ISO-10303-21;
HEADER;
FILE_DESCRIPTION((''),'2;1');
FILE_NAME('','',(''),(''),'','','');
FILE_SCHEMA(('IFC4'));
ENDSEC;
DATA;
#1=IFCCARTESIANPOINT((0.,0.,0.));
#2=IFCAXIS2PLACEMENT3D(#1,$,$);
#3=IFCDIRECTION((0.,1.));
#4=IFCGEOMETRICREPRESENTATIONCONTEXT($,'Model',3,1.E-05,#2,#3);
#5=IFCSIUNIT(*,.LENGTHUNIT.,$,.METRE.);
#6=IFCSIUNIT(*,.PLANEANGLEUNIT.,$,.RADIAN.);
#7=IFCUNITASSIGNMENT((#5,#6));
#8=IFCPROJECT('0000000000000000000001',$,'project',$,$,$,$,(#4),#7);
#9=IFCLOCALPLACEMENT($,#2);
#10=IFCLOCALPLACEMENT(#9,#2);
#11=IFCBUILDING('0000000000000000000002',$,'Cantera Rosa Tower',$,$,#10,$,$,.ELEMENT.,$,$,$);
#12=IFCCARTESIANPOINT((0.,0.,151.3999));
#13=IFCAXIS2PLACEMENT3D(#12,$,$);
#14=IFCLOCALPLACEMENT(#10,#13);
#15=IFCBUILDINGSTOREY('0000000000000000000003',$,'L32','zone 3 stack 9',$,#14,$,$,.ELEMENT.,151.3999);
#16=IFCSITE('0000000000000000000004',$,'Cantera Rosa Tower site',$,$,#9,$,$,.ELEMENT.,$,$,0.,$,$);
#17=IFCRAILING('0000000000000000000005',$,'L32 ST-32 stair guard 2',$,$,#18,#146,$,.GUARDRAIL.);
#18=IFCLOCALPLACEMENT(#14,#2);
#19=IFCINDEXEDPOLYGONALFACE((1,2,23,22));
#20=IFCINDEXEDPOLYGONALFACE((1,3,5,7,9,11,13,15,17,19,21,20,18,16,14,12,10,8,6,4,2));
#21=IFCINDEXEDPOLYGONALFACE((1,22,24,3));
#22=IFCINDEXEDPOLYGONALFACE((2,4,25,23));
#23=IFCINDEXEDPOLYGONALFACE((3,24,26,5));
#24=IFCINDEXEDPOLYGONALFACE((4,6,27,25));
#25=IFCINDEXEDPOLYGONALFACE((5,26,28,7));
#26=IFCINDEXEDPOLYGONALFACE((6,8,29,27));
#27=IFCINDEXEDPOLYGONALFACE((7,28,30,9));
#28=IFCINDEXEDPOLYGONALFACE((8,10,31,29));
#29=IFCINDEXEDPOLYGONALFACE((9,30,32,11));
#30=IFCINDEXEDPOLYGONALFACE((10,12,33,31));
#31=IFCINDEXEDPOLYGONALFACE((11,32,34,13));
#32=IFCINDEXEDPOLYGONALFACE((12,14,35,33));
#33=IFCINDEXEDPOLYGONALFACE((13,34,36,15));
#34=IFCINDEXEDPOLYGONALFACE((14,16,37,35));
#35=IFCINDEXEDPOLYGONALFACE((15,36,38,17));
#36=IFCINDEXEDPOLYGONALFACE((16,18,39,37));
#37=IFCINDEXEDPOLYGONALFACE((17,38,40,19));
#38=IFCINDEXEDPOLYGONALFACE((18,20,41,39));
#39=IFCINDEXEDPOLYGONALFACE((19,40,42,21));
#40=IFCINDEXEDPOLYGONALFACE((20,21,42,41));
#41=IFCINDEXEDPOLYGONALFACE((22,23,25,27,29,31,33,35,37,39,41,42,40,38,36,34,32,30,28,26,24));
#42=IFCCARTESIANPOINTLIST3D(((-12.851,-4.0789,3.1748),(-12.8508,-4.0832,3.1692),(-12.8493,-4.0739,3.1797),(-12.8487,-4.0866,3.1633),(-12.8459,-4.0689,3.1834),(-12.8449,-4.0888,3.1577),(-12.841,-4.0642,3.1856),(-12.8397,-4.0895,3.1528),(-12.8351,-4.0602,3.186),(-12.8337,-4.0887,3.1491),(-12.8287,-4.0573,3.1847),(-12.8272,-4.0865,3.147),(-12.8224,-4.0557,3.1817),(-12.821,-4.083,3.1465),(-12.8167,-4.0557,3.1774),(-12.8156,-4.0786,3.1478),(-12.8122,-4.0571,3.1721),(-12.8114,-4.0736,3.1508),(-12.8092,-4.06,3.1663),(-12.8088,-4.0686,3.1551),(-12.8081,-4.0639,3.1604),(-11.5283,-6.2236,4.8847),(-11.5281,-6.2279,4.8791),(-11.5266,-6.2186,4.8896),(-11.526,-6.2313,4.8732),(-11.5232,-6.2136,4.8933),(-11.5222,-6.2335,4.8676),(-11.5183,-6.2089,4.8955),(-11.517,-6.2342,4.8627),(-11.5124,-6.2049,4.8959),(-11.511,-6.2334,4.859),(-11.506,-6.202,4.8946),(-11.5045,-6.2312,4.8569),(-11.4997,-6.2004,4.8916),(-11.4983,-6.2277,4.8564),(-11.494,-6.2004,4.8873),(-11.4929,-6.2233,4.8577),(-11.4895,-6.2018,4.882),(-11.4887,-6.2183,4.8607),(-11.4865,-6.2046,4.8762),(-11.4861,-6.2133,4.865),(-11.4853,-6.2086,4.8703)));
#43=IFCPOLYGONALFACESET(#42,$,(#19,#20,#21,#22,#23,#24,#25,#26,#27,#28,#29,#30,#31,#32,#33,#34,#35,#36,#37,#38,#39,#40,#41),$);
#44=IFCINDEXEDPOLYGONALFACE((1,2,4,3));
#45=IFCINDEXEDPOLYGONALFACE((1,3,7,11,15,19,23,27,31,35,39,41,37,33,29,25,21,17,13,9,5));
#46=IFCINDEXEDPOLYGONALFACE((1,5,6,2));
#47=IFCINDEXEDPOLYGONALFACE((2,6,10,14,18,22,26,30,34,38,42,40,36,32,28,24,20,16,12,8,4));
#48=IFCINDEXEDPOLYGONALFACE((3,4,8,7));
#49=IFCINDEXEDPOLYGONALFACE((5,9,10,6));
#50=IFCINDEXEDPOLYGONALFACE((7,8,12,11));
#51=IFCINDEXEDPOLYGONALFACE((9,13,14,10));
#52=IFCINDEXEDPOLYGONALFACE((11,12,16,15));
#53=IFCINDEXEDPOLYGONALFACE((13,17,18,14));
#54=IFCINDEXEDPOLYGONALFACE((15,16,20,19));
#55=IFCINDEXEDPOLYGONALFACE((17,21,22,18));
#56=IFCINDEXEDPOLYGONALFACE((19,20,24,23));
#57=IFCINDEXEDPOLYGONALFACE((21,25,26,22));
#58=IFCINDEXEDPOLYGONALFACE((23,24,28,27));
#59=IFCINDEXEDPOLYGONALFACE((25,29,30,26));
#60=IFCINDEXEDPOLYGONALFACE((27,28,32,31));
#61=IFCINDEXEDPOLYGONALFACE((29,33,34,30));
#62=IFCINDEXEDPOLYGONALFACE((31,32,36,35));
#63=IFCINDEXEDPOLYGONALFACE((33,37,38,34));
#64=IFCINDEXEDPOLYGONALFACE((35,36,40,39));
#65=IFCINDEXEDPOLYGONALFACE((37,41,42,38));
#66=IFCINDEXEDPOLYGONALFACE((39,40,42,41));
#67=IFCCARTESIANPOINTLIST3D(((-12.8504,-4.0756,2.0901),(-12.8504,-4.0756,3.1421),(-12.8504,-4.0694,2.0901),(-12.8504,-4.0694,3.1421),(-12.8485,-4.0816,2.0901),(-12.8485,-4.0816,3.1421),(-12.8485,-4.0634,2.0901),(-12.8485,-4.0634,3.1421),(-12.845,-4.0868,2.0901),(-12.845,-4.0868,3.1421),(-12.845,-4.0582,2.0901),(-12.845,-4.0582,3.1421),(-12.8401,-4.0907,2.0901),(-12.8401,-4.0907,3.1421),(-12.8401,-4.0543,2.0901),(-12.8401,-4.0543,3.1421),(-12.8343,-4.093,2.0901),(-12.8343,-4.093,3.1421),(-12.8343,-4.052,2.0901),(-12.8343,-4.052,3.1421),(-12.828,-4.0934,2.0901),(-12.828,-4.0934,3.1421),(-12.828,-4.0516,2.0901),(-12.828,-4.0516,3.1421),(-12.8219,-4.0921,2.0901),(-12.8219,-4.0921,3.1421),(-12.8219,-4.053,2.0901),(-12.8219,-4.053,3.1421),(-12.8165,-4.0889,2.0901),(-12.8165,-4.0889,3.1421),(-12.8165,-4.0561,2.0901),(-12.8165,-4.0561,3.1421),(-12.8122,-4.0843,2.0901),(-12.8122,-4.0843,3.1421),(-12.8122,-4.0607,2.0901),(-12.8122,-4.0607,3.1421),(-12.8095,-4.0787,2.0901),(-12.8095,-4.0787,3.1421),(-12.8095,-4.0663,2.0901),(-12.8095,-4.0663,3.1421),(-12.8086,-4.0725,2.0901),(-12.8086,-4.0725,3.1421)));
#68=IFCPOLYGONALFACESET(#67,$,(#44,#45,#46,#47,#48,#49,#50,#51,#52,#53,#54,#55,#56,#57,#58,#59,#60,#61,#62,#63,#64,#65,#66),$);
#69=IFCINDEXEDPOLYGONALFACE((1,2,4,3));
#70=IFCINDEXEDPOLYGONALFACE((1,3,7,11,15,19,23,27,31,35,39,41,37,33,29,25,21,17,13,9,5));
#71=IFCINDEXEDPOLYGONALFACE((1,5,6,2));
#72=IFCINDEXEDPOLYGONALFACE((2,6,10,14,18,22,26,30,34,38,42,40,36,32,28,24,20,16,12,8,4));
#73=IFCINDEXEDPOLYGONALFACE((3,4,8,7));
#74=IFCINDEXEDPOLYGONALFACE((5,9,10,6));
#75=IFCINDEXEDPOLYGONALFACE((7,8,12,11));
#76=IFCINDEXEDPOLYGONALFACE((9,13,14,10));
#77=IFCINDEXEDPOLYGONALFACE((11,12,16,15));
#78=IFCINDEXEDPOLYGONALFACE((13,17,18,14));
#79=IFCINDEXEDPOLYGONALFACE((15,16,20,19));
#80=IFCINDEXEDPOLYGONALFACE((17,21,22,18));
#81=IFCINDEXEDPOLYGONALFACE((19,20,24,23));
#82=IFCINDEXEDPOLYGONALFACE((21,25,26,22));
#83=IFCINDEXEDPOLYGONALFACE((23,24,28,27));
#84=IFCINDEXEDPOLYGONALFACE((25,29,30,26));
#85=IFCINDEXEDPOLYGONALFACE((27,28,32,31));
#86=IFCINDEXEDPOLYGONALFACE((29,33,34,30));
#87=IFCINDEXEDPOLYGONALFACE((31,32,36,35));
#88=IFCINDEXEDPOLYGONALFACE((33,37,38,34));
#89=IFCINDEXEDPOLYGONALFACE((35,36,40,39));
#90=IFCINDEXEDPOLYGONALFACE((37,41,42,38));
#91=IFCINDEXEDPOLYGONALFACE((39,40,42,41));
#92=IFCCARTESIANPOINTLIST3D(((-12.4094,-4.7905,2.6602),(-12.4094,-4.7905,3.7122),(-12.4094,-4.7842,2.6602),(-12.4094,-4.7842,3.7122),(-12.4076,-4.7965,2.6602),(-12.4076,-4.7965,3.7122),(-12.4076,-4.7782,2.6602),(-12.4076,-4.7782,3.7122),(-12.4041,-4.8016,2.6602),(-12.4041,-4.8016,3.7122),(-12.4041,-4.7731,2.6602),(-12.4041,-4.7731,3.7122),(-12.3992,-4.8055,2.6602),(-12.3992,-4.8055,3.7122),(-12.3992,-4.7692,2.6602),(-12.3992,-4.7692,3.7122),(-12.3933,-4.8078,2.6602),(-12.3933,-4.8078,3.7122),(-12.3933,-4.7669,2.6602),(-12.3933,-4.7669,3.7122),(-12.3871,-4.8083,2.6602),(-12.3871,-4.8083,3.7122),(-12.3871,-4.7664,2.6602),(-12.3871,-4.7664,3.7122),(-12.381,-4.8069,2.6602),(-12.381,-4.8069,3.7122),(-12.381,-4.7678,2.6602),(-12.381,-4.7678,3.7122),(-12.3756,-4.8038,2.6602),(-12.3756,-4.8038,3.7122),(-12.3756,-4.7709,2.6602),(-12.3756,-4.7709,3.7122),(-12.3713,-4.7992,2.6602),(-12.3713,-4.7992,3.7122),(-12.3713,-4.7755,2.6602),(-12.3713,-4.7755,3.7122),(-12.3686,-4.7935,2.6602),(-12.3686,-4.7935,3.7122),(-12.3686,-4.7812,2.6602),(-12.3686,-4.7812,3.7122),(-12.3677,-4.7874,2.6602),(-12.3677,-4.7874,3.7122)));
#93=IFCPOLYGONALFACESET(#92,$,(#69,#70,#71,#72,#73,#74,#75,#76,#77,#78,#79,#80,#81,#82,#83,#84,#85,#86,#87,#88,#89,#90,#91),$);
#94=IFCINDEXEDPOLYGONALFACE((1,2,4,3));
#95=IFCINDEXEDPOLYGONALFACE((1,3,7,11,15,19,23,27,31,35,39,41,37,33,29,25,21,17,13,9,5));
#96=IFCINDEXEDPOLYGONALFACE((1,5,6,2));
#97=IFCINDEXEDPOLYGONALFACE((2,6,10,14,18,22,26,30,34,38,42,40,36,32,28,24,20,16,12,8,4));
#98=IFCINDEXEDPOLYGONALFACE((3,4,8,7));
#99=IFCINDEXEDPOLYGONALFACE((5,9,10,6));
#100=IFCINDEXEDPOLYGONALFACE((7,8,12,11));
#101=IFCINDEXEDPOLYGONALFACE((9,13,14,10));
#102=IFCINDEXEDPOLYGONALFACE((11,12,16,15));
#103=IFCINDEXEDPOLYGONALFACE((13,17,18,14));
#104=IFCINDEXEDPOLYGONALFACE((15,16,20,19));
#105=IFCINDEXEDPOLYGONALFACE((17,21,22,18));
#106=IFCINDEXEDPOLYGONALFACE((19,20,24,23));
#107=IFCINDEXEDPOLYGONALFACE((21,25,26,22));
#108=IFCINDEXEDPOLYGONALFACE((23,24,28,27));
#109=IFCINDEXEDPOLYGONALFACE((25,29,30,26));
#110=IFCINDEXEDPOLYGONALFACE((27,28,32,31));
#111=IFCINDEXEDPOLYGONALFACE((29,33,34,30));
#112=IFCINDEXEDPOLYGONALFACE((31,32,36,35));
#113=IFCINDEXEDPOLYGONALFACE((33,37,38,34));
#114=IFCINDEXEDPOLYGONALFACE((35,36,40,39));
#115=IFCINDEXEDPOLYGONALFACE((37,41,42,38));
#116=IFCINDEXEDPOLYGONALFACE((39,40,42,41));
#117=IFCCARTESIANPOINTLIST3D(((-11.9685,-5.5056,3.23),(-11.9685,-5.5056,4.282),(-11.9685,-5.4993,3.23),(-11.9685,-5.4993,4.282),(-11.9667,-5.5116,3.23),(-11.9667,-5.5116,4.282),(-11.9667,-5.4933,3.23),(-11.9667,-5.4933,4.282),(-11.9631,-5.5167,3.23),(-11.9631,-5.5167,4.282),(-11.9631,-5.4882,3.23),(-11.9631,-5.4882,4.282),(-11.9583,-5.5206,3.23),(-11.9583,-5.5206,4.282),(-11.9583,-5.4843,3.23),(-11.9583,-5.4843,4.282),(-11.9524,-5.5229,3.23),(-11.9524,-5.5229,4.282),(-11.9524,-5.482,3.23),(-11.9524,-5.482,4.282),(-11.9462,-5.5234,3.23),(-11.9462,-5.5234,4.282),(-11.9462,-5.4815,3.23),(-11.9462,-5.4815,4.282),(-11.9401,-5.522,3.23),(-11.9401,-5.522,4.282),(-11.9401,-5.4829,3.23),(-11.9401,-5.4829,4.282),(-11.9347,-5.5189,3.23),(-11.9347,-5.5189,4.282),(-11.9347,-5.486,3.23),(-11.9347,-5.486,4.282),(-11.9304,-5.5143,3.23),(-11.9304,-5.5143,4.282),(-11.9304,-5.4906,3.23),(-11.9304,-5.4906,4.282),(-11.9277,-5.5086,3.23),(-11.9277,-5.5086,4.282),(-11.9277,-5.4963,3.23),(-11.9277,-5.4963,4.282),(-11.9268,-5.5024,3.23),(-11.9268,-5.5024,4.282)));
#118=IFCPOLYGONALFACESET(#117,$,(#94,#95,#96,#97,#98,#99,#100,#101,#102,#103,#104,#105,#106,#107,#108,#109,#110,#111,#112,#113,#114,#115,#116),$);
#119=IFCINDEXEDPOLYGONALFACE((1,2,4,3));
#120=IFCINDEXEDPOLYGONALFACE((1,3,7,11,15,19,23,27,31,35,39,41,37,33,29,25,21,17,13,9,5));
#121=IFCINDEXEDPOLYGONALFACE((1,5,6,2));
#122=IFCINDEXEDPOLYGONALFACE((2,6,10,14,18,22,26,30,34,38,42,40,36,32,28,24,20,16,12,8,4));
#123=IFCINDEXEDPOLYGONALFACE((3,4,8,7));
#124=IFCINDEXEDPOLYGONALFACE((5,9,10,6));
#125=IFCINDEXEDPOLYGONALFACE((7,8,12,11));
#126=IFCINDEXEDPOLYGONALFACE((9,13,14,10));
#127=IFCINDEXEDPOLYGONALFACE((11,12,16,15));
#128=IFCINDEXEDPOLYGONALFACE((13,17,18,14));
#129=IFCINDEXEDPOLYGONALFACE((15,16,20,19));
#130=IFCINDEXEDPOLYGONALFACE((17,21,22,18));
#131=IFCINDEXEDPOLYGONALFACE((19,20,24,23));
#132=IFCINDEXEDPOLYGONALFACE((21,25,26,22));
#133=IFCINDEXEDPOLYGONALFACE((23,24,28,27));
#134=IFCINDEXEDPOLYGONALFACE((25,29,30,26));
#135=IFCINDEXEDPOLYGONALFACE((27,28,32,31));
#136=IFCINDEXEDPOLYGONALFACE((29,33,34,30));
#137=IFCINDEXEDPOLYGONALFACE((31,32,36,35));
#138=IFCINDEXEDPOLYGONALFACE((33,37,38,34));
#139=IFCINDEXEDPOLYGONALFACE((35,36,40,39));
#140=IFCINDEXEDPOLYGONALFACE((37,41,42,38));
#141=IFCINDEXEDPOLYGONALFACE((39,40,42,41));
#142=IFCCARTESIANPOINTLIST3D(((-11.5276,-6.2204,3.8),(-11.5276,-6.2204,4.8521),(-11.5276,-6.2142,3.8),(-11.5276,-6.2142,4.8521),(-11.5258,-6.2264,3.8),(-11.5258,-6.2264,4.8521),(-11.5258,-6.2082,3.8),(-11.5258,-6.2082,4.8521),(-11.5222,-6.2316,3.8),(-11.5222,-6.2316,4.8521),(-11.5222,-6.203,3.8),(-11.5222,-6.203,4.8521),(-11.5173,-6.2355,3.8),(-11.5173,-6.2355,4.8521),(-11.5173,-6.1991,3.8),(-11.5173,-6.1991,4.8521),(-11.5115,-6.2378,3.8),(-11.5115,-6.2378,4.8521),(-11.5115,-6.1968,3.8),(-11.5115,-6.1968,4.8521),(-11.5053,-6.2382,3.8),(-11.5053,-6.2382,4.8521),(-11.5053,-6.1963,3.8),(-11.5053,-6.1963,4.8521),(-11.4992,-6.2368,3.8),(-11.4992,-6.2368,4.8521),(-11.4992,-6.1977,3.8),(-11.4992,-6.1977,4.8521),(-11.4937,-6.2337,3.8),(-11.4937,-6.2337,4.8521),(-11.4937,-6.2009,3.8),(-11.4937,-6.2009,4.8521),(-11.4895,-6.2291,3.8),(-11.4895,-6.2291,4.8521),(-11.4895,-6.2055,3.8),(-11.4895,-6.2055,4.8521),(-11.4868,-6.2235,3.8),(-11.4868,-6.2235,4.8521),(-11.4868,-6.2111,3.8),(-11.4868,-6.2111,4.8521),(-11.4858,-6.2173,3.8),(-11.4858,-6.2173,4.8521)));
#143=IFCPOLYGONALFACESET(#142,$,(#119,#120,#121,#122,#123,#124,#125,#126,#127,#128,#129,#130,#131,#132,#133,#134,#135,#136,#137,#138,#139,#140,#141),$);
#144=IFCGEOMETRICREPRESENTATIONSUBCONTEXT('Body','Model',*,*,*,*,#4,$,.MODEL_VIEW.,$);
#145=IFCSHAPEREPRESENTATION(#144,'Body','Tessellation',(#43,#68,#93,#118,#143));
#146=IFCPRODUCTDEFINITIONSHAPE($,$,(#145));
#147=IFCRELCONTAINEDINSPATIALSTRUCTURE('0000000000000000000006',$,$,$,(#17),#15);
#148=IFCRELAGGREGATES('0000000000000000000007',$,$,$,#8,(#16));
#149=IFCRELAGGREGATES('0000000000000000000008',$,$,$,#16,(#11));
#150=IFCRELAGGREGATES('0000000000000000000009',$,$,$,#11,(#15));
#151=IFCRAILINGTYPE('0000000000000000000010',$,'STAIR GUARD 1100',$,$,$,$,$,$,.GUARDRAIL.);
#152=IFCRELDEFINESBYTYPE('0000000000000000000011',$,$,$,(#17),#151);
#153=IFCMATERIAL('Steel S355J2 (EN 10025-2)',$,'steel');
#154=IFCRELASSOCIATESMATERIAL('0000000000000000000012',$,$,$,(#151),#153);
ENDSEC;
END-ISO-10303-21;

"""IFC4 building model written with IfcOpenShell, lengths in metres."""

from ifc_helpers import new_model, si_unit, direction, frame, origin, origin_2d, place, context, subcontext, project, spatial, circle, extrude, material, type_object, element, save


model = new_model("IFC4")

# Units and contexts
model_context = context("Model", 3, precision=1e-05, world=origin(), true_north=direction((0.0, 1.0)))
body_context = subcontext(model_context, "Body", "Model", "MODEL_VIEW")
ifc_project = project(units=[si_unit("LENGTHUNIT", "METRE"), si_unit("PLANEANGLEUNIT", "RADIAN")], contexts=[model_context])

# Site, building, storey
site_placement = place(None, origin())
site = spatial("IfcSite", under=ifc_project, at=site_placement, Name="Cantera Rosa Tower site", CompositionType="ELEMENT", RefElevation=0.0)
building_placement = place(site_placement, origin())
building = spatial("IfcBuilding", under=site, at=building_placement, Name="Cantera Rosa Tower", CompositionType="ELEMENT")
storey_placement = place(building_placement, frame((0.0, 0.0, 151.3999)))
storey = spatial("IfcBuildingStorey", under=building, at=storey_placement, Name="L32", Description="zone 3 stack 9", CompositionType="ELEMENT", Elevation=151.3999)

# Railing
ifc_material_1 = material(Name="Steel S355J2 (EN 10025-2)", Category="steel")
railing_type = type_object("IfcRailingType", Name="STAIR GUARD 1100", PredefinedType="GUARDRAIL", material=ifc_material_1)
railing_1_placement = place(storey_placement, frame((-12.8296, -4.0725, 2.0901)))
element("IfcRailing", 1, at=railing_1_placement, inside=storey, type_object=railing_type, Name="L32 ST-32 stair guard 2", PredefinedType="GUARDRAIL", context=body_context, shape_type="SweptSolid", body=[
    extrude(circle(Radius=0.0239, at=origin_2d()), frame((0.0, 0.0, 1.0762), z_axis=(0.434363, -0.704296, 0.561513), x_axis=(0.851146, 0.52493, 0.0)), (0.0, 0.0, 1.0), 3.0452),
    extrude(circle(Radius=0.021, at=origin_2d()), origin(), (0.0, 0.0, 1.0), 1.052),
    extrude(circle(Radius=0.021, at=origin_2d()), frame((0.4409, -0.7148, 0.5701)), (0.0, 0.0, 1.0), 1.052),
    extrude(circle(Radius=0.021, at=origin_2d()), frame((0.8818, -1.4299, 1.1399)), (0.0, 0.0, 1.0), 1.052),
    extrude(circle(Radius=0.021, at=origin_2d()), frame((1.3228, -2.1448, 1.71)), (0.0, 0.0, 1.0), 1.052),
])

save(model, "model.ifc")
